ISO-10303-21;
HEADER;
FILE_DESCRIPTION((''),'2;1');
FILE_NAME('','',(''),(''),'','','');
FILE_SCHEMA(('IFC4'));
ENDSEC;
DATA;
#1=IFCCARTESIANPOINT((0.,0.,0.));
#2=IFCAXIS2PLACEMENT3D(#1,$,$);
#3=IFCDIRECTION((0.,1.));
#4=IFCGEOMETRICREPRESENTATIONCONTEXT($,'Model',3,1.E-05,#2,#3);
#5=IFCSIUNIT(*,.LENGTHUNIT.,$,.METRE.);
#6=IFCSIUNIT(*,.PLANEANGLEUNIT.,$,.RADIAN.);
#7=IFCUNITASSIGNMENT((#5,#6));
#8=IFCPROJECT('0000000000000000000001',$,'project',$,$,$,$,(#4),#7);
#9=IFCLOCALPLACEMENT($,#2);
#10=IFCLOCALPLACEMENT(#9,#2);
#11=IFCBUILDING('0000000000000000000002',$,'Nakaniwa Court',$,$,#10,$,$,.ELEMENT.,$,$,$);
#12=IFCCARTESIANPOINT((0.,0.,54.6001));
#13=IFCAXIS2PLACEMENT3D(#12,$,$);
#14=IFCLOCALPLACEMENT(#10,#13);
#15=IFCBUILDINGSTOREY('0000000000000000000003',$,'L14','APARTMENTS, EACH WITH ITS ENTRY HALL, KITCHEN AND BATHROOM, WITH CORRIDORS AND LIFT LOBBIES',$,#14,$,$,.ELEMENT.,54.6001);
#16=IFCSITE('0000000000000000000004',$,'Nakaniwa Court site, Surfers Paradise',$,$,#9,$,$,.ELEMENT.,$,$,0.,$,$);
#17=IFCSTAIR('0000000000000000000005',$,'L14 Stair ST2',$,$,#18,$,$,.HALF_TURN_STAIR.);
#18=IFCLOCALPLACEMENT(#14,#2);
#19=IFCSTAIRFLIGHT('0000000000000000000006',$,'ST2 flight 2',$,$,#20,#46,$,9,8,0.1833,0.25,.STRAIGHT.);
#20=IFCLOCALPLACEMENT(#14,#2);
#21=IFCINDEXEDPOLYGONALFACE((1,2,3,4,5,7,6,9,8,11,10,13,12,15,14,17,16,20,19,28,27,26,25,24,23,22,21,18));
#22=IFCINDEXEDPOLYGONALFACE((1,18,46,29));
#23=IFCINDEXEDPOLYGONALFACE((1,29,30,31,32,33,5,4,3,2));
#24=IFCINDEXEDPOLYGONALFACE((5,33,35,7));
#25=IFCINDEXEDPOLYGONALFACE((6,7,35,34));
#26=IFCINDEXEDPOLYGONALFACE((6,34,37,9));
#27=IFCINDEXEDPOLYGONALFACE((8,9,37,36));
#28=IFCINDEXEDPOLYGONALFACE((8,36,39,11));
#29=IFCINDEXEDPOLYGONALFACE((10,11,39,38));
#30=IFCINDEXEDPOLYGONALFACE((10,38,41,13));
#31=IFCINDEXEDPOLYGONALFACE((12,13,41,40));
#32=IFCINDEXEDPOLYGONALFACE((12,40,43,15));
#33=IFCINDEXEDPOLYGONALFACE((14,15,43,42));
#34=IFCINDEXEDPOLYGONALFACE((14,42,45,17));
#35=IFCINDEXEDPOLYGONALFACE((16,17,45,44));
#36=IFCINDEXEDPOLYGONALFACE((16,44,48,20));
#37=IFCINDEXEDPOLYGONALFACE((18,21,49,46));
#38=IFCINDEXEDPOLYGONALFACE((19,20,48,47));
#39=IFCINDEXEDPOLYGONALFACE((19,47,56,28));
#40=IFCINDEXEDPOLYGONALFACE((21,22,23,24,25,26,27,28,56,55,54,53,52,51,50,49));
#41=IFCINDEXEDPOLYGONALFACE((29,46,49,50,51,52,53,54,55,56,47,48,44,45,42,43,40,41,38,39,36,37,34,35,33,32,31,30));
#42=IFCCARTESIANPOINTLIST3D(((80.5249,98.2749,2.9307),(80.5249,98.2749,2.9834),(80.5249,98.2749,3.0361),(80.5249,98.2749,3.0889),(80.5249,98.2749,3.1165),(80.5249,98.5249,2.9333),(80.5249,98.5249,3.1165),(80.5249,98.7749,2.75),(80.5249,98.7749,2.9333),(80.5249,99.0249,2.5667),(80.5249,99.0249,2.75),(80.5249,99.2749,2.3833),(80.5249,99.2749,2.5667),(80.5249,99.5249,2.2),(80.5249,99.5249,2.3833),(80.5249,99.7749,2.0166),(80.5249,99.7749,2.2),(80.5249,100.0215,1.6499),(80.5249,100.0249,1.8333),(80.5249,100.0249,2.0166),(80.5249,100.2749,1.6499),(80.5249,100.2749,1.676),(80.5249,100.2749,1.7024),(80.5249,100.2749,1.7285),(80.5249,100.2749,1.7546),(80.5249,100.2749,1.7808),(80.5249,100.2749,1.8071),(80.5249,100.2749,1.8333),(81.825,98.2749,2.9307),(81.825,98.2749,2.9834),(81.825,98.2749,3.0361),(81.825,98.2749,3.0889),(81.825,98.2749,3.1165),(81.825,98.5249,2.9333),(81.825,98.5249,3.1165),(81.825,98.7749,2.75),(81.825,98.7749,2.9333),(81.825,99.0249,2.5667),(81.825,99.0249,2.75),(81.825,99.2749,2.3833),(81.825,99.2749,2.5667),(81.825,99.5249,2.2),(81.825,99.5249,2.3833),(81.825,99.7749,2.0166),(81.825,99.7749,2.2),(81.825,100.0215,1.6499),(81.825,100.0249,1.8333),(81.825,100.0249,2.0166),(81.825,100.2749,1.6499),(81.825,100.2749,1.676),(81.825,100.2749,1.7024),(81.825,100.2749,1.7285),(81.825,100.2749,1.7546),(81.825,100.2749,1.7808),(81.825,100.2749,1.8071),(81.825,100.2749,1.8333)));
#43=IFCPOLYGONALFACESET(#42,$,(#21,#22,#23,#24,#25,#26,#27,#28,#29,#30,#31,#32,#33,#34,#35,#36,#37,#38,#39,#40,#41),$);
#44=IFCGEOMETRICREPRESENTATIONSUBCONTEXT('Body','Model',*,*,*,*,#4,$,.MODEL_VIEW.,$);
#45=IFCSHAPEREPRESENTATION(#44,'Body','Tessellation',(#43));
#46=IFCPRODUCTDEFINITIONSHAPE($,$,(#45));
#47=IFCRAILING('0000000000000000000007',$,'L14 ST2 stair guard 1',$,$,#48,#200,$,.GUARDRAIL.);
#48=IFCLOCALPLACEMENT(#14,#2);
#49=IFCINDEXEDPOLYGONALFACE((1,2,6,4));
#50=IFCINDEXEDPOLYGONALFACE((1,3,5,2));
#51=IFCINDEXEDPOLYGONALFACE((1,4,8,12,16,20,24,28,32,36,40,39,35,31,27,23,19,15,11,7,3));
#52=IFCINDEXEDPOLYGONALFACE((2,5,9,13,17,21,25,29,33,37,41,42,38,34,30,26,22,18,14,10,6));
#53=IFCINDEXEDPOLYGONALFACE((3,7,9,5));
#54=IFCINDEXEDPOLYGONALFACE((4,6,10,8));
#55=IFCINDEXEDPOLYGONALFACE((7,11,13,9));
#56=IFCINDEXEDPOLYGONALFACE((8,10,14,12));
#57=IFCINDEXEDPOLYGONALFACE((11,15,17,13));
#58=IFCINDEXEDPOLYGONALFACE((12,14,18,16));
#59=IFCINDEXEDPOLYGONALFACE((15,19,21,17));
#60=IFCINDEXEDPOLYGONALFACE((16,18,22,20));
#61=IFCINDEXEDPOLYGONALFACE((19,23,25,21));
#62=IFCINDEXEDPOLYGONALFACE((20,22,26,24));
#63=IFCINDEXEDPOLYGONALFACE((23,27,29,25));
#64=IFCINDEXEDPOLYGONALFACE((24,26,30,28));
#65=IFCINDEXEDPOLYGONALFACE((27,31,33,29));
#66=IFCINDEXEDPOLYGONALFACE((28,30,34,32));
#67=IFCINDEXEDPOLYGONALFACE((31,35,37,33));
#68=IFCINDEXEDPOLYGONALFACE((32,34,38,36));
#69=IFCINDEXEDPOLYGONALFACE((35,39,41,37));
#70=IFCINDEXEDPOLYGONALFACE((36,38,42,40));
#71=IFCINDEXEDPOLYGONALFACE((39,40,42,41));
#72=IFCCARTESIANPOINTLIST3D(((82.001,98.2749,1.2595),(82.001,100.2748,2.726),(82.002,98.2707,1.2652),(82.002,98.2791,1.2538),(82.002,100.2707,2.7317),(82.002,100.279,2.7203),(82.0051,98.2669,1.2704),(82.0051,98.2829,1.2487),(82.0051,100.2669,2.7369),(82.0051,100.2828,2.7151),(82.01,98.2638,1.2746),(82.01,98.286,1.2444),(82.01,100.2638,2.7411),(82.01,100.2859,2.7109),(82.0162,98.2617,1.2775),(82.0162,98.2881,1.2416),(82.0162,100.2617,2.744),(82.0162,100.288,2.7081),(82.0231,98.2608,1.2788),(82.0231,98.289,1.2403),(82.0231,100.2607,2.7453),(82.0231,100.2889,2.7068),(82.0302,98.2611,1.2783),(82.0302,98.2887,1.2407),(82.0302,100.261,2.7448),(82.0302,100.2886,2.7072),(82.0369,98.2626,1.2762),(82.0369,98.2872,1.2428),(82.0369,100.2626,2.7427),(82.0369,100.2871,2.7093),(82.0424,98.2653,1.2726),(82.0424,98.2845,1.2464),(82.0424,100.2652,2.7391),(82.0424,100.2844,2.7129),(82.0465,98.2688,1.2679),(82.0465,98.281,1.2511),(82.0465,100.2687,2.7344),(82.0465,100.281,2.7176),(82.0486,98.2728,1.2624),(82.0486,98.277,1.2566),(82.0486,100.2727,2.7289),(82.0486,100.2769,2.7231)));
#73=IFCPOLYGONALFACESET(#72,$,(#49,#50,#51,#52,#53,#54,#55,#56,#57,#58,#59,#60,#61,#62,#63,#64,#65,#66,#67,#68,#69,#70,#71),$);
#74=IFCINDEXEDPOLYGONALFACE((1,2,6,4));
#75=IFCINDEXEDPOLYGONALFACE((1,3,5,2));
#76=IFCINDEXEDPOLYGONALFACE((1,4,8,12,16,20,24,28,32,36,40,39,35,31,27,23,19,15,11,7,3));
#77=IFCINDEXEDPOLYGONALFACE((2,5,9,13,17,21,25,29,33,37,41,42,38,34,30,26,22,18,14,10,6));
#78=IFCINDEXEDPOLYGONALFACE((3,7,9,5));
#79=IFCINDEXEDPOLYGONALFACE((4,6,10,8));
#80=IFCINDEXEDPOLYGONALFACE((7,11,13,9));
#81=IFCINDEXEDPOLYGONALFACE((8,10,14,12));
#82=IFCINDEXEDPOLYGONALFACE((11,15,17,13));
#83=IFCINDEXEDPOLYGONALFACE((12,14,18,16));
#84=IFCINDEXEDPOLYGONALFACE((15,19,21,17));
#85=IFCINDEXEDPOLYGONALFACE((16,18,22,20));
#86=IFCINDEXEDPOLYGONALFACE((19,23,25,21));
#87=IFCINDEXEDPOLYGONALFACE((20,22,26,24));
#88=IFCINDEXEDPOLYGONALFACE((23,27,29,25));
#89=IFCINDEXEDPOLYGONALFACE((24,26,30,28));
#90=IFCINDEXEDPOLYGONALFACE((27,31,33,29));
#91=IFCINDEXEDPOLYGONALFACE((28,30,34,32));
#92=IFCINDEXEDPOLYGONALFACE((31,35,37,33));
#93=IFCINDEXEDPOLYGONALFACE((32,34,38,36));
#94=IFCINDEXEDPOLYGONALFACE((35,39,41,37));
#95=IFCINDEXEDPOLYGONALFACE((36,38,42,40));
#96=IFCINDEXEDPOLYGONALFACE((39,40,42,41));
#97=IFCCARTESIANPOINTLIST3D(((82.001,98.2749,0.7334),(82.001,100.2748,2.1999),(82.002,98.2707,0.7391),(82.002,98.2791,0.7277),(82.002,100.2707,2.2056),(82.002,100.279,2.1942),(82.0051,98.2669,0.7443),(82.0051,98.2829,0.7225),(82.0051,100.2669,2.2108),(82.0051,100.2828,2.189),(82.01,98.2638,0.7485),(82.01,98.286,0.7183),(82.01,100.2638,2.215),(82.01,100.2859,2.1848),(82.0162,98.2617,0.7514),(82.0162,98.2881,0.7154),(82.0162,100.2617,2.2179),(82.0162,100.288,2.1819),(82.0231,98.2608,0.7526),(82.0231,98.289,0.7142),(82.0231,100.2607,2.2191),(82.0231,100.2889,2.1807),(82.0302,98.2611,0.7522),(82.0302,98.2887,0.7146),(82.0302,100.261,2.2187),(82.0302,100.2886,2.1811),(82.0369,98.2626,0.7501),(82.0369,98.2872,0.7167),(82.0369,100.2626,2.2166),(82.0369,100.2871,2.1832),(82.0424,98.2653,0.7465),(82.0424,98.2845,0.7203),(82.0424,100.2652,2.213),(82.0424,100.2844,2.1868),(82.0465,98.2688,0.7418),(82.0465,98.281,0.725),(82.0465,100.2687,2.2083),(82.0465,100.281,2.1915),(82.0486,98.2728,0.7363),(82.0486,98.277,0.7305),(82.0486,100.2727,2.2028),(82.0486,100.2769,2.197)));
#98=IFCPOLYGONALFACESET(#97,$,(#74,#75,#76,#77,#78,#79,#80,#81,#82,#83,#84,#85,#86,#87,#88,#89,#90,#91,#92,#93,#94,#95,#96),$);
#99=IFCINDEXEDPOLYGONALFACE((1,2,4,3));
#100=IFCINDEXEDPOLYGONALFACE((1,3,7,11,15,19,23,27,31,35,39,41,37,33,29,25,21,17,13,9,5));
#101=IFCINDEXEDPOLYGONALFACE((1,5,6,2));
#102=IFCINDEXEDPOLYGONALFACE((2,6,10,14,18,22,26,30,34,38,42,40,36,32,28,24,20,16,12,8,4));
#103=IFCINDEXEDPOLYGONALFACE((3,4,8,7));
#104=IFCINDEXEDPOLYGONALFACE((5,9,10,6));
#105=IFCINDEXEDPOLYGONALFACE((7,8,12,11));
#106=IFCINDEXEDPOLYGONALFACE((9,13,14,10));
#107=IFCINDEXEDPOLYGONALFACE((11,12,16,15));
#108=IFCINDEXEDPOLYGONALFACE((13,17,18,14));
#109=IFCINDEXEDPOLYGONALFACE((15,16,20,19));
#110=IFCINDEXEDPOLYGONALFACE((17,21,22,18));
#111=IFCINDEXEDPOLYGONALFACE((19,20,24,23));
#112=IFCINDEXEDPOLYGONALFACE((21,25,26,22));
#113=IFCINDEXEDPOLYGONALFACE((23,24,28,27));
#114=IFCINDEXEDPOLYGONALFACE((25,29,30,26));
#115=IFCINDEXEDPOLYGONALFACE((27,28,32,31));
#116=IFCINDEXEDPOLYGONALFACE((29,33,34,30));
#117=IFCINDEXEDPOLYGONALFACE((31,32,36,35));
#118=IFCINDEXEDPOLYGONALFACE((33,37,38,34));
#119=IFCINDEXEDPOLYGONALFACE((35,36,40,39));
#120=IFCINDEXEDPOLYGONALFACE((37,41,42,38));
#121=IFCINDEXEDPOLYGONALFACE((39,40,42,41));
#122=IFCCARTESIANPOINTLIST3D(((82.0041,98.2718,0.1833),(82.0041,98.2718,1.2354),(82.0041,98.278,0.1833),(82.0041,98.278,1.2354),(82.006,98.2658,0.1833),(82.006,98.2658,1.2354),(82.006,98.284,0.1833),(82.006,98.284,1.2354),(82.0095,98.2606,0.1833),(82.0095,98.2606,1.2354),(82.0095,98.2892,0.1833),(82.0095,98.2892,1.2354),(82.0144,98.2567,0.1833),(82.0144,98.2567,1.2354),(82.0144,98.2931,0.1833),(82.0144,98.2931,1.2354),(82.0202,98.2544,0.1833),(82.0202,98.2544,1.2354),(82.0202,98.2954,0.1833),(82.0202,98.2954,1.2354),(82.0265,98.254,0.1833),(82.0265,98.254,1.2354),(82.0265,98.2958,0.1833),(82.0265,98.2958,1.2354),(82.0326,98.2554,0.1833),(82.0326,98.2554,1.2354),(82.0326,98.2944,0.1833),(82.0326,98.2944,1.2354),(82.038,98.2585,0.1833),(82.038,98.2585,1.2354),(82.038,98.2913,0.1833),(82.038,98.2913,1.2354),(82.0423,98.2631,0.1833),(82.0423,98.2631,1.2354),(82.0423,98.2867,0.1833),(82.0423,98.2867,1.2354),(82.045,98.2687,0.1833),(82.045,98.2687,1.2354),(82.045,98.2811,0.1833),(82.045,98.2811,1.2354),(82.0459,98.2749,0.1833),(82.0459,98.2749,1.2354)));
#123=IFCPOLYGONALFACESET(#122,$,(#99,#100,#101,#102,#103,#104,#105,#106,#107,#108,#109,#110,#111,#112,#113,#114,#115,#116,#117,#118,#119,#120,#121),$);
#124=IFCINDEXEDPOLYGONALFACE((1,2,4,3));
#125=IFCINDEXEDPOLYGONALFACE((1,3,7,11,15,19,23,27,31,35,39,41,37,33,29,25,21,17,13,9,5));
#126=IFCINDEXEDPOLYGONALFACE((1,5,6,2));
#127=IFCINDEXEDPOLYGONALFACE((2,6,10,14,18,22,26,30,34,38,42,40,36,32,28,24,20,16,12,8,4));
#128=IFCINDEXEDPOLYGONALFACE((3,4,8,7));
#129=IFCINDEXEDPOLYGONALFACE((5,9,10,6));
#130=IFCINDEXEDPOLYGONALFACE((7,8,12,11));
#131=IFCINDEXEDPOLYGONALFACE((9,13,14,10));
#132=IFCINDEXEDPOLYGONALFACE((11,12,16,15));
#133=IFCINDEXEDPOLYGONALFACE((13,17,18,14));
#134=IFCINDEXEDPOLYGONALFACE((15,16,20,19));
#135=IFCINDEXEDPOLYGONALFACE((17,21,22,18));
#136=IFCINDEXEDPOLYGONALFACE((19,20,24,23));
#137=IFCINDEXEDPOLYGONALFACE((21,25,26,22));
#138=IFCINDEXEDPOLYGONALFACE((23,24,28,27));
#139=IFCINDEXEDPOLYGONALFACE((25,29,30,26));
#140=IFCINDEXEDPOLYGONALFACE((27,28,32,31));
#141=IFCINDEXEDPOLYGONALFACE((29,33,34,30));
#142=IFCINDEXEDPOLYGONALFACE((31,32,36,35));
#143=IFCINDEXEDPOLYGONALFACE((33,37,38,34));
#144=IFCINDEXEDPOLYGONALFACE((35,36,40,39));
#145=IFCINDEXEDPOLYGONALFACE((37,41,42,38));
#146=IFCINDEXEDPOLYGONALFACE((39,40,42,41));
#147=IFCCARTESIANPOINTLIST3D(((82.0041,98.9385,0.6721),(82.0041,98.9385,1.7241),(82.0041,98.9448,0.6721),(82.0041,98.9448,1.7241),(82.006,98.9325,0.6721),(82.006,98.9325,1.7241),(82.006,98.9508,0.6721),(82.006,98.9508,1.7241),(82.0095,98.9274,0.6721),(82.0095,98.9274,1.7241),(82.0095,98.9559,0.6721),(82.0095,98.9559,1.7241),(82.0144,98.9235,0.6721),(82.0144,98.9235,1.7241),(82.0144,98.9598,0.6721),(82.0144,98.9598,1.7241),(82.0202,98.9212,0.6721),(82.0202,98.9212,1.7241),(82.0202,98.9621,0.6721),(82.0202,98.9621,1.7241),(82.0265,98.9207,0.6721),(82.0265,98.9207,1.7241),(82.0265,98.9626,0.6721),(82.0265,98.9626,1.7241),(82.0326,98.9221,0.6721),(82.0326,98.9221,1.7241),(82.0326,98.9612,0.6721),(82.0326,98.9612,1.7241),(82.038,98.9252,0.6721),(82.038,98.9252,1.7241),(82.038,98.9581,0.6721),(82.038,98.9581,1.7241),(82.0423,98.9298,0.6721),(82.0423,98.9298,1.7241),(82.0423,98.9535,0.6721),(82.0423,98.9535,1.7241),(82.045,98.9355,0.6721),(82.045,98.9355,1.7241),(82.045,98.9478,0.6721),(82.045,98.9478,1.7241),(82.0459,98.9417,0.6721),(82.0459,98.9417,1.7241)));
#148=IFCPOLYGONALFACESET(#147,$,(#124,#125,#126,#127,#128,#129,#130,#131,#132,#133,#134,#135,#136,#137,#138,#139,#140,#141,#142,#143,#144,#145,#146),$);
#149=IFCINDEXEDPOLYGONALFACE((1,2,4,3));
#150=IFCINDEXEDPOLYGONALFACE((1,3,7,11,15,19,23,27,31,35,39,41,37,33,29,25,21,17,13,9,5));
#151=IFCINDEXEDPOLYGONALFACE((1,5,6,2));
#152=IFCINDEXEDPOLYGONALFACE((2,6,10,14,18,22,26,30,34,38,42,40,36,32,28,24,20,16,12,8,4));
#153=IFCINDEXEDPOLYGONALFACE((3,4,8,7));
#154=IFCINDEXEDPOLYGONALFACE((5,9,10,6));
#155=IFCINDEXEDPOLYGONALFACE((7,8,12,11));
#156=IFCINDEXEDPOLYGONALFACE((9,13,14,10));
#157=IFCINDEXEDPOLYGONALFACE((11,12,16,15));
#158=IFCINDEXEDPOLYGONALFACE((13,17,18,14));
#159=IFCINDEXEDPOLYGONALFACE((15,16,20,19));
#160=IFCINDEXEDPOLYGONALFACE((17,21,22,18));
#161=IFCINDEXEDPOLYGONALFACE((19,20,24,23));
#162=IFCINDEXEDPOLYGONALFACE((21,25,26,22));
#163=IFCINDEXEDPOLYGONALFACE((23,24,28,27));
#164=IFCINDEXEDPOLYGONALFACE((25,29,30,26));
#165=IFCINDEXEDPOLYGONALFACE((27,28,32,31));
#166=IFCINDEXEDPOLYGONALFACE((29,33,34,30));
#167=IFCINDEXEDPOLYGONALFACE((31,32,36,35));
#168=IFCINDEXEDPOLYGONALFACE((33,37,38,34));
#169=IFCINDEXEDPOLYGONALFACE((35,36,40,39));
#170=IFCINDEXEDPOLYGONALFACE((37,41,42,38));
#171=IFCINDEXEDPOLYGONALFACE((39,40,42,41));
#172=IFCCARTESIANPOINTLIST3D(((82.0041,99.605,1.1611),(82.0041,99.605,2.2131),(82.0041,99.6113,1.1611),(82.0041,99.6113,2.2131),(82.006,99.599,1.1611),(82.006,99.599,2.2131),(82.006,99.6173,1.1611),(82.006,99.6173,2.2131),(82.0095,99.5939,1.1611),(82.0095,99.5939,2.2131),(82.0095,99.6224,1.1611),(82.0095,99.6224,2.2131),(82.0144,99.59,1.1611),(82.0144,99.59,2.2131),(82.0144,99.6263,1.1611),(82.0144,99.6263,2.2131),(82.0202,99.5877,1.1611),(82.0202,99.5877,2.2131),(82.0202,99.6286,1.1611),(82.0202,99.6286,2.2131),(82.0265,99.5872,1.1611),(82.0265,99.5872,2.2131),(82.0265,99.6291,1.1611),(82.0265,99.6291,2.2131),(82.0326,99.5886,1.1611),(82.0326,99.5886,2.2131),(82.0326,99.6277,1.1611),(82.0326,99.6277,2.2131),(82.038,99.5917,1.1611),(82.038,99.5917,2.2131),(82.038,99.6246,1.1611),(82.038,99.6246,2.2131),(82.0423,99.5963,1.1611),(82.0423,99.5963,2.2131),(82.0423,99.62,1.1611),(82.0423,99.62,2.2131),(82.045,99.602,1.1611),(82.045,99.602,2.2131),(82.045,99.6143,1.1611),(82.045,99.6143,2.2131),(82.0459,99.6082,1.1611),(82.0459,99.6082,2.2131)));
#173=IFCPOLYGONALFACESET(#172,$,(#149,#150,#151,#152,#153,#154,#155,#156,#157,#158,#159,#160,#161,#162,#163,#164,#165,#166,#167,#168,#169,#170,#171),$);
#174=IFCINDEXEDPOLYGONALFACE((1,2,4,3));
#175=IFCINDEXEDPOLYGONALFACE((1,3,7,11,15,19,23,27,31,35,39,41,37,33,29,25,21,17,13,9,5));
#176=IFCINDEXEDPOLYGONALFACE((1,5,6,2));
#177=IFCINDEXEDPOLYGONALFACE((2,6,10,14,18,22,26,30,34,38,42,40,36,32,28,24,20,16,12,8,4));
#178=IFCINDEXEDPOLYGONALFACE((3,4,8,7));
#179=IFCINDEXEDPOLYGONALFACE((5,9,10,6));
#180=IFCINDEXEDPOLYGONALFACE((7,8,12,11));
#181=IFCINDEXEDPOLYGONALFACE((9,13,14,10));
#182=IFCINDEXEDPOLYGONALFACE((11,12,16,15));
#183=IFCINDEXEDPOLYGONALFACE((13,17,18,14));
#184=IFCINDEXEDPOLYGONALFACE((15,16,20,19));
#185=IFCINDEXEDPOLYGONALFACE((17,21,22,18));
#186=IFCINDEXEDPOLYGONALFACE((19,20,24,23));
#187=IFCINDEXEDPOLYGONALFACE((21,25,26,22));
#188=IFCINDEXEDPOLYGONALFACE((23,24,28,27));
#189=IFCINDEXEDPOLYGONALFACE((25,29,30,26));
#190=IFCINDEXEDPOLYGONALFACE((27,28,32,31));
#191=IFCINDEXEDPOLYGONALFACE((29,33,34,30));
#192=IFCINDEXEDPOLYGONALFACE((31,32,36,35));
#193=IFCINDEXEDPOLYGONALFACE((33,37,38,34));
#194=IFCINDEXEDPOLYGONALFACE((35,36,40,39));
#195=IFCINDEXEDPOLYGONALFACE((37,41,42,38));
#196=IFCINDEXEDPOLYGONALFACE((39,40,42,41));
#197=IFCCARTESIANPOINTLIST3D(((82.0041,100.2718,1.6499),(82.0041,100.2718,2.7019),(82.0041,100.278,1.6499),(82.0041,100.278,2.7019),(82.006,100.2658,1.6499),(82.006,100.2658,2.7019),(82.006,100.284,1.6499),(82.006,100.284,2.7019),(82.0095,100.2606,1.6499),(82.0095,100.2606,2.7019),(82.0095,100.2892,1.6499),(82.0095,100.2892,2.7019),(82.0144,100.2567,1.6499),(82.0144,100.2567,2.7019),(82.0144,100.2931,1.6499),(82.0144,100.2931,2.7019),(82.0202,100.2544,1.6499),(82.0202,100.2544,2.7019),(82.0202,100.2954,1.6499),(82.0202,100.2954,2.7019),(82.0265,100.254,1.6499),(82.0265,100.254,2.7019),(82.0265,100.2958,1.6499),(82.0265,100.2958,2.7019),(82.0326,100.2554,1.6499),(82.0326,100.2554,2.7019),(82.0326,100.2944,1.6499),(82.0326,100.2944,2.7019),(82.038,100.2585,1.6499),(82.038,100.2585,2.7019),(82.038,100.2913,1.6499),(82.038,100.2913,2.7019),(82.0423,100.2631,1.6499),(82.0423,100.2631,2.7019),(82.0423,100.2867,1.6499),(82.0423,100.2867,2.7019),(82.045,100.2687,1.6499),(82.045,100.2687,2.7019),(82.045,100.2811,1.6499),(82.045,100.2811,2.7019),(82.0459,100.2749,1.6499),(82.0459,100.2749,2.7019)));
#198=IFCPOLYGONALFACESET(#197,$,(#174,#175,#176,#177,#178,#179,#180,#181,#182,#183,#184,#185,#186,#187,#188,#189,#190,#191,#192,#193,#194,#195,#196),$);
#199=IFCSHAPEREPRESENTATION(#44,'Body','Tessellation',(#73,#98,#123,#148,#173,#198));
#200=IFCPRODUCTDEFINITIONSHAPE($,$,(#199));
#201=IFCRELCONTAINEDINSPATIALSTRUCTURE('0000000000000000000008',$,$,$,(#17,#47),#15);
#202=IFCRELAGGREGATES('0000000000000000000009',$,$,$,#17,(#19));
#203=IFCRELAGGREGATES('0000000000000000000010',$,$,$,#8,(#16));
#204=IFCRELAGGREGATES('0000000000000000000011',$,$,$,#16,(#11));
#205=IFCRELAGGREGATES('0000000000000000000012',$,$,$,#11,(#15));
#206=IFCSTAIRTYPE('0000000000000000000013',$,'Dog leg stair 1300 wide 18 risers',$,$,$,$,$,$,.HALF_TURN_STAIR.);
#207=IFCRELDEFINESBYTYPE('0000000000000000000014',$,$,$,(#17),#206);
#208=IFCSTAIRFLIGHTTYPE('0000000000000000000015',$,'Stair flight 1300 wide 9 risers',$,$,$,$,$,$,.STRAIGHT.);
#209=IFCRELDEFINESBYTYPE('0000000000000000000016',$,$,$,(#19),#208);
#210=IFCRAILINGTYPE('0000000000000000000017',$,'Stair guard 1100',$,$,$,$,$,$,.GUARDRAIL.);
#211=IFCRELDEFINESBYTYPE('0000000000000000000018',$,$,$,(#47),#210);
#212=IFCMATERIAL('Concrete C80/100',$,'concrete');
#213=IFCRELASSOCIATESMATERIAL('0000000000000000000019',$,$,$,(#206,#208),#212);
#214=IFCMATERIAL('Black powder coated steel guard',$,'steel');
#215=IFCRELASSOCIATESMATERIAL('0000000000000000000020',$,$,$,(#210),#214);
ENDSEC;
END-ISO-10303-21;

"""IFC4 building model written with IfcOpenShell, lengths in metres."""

from ifc_helpers import new_model, si_unit, direction, frame, origin, origin_2d, place, context, subcontext, project, spatial, polyline, circle, outline, extrude, material, type_object, element, aggregate, save


model = new_model("IFC4")

# Units and contexts
model_context = context("Model", 3, precision=1e-05, world=origin(), true_north=direction((0.0, 1.0)))
body_context = subcontext(model_context, "Body", "Model", "MODEL_VIEW")
ifc_project = project(units=[si_unit("LENGTHUNIT", "METRE"), si_unit("PLANEANGLEUNIT", "RADIAN")], contexts=[model_context])

# Site, building, storey
site_placement = place(None, origin())
site = spatial("IfcSite", under=ifc_project, at=site_placement, Name="Nakaniwa Court site, Surfers Paradise", CompositionType="ELEMENT", RefElevation=0.0)
building_placement = place(site_placement, origin())
building = spatial("IfcBuilding", under=site, at=building_placement, Name="Nakaniwa Court", CompositionType="ELEMENT")
storey_placement = place(building_placement, frame((0.0, 0.0, 54.6001)))
storey = spatial("IfcBuildingStorey", under=building, at=storey_placement, Name="L14", Description="APARTMENTS, EACH WITH ITS ENTRY HALL, KITCHEN AND BATHROOM, WITH CORRIDORS AND LIFT LOBBIES", CompositionType="ELEMENT", Elevation=54.6001)

# Shared definitions
ifc_material_1 = material(Name="Concrete C80/100", Category="concrete")

# Stair, stair flight
stair_type = type_object("IfcStairType", Name="Dog leg stair 1300 wide 18 risers", PredefinedType="HALF_TURN_STAIR", material=ifc_material_1)
stair_placement = place(storey_placement, origin())
stair = element("IfcStair", 1, at=stair_placement, inside=storey, type_object=stair_type, Name="L14 Stair ST2", PredefinedType="HALF_TURN_STAIR")
stair_flight_type = type_object("IfcStairFlightType", Name="Stair flight 1300 wide 9 risers", PredefinedType="STRAIGHT", material=ifc_material_1)
stair_flight_1_placement = place(storey_placement, frame((81.175, 100.2749, 1.6499), z_axis=(0.0, 0.0, 1.0), x_axis=(0.0, -1.0, 0.0)))
stair_flight_1 = element("IfcStairFlight", 2, at=stair_flight_1_placement, type_object=stair_flight_type, Name="ST2 flight 2", NumberOfRisers=9, NumberOfTreads=8, PredefinedType="STRAIGHT", RiserHeight=0.1833, TreadLength=0.25, context=body_context, shape_type="SweptSolid", body=[
    extrude(outline(polyline([(0.0, 0.0), (0.0, 0.0261), (0.0, 0.0525), (0.0, 0.0786), (0.0, 0.1047), (0.0, 0.1309), (0.0, 0.1572), (0.0, 0.1833), (0.25, 0.1833), (0.25, 0.3667), (0.5, 0.3667), (0.5, 0.55), (0.75, 0.55), (0.75, 0.7334), (1.0, 0.7334), (1.0, 0.9167), (1.25, 0.9167), (1.25, 1.1001), (1.5, 1.1001), (1.5, 1.2834), (1.75, 1.2834), (1.75, 1.4666), (2.0, 1.4666), (2.0, 1.6499), (2.0, 1.5972), (2.0, 1.5444), (2.0, 1.4917), (2.0, 1.439), (2.0, 1.3862), (2.0, 1.3335), (2.0, 1.2808), (0.2534, 0.0), (0.0, 0.0)])), frame((0.0, 0.6499, 0.0), z_axis=(0.0, -1.0, 0.0), x_axis=(1.0, 0.0, 0.0)), (0.0, 0.0, 1.0), 1.3),
])
aggregate(stair, [stair_flight_1])

# Railing
ifc_material_2 = material(Name="Black powder coated steel guard", Category="steel")
railing_type_1 = type_object("IfcRailingType", Name="Stair guard 1100", PredefinedType="GUARDRAIL", material=ifc_material_2)
railing_1_placement = place(storey_placement, frame((82.0249, 98.2749, 0.1833)))
element("IfcRailing", 3, at=railing_1_placement, inside=storey, type_object=railing_type_1, Name="L14 ST2 stair guard 1", PredefinedType="GUARDRAIL", context=body_context, shape_type="SweptSolid", body=[
    extrude(circle(Radius=0.0239, at=origin_2d()), frame((0.0, 0.0, 1.0762), z_axis=(0.0, 0.806427, 0.591334), x_axis=(-1.0, 0.0, 0.0)), (0.0, 0.0, 1.0), 2.48),
    extrude(circle(Radius=0.0239, at=origin_2d()), frame((0.0, 0.0, 0.55), z_axis=(0.0, 0.806427, 0.591334), x_axis=(-1.0, 0.0, 0.0)), (0.0, 0.0, 1.0), 2.48),
    extrude(circle(Radius=0.021, at=origin_2d()), origin(), (0.0, 0.0, 1.0), 1.052),
    extrude(circle(Radius=0.021, at=origin_2d()), frame((0.0, 0.6667, 0.4888)), (0.0, 0.0, 1.0), 1.052),
    extrude(circle(Radius=0.021, at=origin_2d()), frame((0.0, 1.3333, 0.9778)), (0.0, 0.0, 1.0), 1.052),
    extrude(circle(Radius=0.021, at=origin_2d()), frame((0.0, 2.0, 1.4666)), (0.0, 0.0, 1.0), 1.052),
])

save(model, "model.ifc")
